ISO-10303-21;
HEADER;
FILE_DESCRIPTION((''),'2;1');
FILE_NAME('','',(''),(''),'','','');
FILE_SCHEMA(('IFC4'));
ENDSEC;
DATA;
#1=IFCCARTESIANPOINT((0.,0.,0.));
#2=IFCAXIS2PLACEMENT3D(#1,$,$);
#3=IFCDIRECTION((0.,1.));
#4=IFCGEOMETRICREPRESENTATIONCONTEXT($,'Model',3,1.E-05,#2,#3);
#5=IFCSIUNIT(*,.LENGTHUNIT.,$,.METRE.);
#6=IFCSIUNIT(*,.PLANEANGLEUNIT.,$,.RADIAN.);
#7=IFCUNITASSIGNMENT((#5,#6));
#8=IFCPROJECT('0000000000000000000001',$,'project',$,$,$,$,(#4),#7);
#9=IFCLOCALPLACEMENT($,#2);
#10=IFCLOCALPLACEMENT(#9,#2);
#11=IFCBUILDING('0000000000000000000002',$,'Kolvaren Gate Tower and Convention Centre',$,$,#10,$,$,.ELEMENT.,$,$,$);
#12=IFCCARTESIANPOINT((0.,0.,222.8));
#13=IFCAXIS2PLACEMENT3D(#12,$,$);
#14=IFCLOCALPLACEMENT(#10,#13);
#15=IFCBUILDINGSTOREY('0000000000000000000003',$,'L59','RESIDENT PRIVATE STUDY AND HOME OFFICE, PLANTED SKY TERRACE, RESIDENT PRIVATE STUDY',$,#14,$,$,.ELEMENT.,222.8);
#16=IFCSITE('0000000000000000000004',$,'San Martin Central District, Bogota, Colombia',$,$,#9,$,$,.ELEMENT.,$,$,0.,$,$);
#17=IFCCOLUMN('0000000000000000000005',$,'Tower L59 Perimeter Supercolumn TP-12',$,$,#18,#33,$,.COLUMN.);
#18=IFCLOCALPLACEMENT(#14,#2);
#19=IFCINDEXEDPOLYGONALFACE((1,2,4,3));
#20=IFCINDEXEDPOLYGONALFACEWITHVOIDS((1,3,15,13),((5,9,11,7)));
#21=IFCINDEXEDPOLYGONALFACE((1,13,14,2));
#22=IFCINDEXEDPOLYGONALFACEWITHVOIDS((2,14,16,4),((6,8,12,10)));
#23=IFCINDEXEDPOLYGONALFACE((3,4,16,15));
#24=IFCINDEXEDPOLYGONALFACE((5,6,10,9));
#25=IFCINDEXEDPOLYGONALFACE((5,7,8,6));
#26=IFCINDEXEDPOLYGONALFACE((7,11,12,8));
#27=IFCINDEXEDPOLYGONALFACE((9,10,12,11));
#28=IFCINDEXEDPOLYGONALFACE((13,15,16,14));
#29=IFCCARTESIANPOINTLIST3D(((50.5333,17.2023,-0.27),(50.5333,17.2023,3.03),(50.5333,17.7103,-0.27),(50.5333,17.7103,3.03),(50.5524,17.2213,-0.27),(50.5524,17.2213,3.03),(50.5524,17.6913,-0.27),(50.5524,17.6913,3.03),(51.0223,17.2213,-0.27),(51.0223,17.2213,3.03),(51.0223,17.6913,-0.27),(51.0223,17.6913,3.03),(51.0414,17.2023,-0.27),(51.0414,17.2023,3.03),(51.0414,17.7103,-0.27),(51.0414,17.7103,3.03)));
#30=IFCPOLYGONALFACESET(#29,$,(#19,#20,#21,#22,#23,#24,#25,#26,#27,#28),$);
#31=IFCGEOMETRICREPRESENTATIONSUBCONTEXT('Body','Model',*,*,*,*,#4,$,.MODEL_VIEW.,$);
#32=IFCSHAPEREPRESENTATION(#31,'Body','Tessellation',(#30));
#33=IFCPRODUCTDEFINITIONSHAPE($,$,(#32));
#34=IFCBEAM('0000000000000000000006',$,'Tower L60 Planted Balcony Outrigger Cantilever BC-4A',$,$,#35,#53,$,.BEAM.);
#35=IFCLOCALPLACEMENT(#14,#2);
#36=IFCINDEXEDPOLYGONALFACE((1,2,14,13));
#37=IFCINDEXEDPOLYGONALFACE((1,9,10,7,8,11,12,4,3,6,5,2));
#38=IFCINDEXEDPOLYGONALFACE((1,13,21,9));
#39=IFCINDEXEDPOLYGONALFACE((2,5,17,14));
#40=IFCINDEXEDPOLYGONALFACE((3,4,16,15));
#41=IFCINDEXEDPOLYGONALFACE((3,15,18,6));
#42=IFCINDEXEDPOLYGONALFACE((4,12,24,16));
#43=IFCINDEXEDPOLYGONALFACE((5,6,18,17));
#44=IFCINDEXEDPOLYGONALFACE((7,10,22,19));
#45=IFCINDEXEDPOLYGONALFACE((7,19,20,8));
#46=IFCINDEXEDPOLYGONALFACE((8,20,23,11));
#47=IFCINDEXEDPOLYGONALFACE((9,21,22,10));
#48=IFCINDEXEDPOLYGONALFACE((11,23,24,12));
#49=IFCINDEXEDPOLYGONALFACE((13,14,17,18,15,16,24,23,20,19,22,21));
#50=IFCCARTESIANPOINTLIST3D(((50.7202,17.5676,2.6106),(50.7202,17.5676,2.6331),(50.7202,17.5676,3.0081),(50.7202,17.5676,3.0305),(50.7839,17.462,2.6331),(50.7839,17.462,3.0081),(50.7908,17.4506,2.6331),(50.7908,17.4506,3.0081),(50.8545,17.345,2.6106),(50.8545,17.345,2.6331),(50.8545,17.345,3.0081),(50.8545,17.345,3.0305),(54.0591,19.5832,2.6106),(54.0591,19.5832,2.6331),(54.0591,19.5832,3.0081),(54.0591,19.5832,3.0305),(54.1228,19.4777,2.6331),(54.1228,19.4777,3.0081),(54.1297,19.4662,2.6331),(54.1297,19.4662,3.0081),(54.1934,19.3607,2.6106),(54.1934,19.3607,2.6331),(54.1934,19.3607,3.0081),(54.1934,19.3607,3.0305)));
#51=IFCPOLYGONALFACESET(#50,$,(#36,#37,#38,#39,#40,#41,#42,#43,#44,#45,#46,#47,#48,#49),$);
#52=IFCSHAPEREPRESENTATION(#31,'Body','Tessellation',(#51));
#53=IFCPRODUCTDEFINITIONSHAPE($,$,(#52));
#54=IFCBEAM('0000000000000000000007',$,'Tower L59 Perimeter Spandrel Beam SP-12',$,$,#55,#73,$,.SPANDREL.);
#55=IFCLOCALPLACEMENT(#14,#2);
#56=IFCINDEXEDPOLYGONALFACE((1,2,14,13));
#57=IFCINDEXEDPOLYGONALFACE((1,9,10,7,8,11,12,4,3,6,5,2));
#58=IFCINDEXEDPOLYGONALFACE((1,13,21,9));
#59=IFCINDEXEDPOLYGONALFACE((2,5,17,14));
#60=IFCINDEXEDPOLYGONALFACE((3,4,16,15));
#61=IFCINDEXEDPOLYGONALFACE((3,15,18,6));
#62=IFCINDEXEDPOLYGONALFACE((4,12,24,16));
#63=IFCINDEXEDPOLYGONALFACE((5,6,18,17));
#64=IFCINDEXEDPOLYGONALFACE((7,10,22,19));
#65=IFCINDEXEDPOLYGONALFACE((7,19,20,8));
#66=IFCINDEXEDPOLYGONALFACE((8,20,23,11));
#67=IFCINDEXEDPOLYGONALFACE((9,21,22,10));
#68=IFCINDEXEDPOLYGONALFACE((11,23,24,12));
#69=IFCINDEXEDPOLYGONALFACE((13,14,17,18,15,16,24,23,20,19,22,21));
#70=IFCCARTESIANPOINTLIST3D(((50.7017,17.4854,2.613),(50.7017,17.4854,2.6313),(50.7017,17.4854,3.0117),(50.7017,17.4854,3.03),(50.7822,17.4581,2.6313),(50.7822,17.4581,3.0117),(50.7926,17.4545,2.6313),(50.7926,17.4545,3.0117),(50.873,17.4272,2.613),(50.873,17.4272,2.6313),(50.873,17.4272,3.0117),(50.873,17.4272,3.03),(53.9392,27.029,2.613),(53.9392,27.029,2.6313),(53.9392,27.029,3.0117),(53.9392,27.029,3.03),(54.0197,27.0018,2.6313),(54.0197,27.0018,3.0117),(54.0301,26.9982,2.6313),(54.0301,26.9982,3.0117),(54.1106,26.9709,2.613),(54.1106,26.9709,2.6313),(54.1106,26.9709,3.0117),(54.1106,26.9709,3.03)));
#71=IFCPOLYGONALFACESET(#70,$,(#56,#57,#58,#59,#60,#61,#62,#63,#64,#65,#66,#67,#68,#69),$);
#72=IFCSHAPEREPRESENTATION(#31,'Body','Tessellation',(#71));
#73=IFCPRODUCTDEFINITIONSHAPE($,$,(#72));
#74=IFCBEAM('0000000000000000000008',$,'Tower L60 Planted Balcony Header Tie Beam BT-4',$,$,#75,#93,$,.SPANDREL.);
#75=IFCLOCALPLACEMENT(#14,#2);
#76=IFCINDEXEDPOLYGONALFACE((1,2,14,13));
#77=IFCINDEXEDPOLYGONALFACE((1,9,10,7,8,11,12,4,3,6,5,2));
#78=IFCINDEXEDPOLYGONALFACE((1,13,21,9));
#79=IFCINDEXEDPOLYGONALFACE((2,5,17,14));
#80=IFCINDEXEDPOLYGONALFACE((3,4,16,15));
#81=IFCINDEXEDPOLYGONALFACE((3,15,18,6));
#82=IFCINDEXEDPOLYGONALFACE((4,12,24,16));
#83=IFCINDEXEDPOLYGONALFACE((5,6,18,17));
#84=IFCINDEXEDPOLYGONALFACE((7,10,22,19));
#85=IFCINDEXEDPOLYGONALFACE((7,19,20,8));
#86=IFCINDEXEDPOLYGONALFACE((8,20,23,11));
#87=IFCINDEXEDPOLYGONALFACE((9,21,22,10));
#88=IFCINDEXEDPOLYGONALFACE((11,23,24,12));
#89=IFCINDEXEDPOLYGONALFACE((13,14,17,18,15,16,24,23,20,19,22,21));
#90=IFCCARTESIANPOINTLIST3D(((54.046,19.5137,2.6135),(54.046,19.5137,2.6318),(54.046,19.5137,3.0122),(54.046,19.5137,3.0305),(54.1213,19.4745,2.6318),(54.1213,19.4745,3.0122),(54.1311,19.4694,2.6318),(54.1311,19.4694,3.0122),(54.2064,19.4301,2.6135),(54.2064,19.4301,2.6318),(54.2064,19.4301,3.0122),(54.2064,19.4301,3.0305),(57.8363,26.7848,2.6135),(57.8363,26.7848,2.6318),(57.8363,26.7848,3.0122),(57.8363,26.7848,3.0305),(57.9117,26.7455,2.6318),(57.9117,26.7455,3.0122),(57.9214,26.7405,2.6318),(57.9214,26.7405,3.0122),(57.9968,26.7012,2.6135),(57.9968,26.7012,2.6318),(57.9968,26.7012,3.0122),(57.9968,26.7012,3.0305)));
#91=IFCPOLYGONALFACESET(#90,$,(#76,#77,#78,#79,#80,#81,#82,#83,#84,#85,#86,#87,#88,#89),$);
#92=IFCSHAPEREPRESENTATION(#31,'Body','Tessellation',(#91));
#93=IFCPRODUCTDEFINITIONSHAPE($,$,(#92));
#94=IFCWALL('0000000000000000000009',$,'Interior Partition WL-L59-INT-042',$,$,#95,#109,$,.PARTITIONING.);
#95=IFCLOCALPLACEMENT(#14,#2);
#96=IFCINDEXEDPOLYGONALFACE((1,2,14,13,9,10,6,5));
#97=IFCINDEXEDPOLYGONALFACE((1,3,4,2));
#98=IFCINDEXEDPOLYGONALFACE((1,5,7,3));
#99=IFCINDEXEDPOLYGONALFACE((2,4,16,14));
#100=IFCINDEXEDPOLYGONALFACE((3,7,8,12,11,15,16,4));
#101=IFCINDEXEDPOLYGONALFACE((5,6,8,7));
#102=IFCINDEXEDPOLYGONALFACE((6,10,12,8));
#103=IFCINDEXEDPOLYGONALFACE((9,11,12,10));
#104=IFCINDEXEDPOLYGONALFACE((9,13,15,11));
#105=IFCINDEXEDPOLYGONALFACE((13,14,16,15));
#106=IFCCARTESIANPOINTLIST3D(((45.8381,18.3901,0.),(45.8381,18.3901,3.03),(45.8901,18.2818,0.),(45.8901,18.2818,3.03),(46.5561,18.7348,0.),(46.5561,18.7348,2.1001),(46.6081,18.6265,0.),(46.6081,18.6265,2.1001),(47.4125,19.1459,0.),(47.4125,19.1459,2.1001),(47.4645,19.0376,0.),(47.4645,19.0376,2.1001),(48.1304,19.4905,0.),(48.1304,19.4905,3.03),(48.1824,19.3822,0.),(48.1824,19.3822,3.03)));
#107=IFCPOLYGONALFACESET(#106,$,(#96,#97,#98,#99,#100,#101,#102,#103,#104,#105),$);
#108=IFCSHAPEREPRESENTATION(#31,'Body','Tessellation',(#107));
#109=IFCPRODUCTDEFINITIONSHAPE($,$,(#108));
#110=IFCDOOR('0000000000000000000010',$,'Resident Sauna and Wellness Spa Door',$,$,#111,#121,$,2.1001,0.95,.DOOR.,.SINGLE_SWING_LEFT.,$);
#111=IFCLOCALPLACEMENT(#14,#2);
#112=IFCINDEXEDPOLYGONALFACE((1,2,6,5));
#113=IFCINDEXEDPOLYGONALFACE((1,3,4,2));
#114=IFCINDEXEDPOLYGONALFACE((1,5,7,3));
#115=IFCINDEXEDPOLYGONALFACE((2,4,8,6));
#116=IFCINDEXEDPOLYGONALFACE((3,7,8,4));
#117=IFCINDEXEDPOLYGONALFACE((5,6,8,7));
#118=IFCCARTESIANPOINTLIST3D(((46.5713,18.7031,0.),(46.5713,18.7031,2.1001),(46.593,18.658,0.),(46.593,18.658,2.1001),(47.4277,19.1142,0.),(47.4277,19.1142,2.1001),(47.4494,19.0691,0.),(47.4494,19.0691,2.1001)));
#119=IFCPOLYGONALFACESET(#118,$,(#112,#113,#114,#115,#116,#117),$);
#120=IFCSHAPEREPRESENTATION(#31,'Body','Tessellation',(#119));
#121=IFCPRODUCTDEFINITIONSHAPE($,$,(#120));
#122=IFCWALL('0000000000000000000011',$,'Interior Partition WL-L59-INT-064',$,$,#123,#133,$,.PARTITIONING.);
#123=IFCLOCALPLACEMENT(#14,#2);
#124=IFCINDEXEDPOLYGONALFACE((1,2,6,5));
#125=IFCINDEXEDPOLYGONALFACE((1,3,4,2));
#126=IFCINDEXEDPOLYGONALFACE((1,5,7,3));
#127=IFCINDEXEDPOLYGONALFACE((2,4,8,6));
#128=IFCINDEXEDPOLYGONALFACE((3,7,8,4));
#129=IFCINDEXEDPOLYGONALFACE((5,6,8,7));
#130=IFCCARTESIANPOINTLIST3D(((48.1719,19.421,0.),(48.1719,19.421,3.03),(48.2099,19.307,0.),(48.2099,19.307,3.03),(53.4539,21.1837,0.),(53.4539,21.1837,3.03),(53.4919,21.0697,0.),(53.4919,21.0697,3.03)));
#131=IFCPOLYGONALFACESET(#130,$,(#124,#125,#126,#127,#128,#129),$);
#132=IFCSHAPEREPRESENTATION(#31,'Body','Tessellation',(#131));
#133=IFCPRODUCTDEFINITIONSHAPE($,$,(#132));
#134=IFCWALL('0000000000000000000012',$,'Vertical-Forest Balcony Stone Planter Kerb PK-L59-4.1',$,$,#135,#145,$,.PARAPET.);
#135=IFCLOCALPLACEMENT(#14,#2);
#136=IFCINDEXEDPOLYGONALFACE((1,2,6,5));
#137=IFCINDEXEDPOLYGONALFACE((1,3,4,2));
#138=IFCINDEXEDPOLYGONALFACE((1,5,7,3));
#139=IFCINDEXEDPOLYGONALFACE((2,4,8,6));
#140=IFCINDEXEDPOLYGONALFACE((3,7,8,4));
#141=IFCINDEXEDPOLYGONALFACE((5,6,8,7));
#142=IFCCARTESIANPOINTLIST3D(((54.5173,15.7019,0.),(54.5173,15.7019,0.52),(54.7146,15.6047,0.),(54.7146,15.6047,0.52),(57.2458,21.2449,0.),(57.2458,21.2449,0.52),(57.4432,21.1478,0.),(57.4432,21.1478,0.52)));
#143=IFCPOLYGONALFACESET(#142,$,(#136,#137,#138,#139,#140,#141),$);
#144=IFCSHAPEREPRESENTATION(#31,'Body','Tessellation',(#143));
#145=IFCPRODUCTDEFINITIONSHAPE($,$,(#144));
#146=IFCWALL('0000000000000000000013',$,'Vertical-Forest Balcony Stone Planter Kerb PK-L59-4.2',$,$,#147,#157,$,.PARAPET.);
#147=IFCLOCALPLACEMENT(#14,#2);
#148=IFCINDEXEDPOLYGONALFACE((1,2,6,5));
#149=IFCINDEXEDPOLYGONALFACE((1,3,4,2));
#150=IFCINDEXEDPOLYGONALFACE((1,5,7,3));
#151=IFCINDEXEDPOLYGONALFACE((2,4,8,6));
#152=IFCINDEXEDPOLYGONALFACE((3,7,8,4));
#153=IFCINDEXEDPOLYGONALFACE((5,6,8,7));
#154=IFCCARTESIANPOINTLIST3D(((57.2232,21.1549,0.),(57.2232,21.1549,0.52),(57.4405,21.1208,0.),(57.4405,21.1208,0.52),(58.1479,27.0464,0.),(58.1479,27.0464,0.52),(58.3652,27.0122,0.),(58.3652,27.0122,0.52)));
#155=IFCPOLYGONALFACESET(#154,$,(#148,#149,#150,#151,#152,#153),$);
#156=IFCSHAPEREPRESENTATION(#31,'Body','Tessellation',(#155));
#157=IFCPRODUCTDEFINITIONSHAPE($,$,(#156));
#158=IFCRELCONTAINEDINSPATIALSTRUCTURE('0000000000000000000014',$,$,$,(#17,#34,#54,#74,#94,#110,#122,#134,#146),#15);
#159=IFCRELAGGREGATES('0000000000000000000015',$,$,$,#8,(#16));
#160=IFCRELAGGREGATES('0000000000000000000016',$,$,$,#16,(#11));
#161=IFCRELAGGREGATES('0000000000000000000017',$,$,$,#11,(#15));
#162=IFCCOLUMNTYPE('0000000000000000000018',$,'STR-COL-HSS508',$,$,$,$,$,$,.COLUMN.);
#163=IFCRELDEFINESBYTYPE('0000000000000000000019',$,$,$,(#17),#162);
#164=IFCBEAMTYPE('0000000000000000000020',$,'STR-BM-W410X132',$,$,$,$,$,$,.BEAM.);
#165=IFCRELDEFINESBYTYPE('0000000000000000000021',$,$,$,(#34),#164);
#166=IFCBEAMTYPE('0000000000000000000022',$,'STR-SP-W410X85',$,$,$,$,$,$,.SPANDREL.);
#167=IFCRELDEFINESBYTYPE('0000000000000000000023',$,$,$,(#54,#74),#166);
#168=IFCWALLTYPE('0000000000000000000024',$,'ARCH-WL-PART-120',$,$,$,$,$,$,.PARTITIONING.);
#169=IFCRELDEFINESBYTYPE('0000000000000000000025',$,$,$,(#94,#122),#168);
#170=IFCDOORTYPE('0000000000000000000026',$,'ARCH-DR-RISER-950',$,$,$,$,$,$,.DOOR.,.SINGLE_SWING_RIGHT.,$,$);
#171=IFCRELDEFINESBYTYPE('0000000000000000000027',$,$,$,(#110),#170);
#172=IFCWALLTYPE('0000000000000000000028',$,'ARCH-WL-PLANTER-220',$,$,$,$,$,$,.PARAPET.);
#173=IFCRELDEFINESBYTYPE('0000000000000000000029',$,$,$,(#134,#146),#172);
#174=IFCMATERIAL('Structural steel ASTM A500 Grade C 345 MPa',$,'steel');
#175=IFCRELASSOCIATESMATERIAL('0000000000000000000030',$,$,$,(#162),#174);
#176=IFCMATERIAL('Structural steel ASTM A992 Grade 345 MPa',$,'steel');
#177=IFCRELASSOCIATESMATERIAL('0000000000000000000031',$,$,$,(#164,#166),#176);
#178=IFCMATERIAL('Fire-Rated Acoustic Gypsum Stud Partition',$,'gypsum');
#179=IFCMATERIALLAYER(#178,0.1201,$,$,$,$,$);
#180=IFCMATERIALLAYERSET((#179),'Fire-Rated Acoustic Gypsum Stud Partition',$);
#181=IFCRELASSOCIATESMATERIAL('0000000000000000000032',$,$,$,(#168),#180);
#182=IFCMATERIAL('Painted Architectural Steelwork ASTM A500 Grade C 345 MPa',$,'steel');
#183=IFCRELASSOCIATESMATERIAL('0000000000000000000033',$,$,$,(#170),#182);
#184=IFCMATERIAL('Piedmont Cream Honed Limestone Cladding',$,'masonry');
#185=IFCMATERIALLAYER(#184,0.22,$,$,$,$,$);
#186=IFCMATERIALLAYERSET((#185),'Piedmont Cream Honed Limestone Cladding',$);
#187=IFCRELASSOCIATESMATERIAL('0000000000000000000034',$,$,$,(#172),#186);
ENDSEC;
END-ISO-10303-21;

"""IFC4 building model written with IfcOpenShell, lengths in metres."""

from ifc_helpers import new_model, si_unit, direction, frame, frame_2d, origin, origin_2d, place, context, subcontext, project, spatial, rectangle, hollow_rectangle, i_section, extrude, material, layer, layer_set, material_profile, profile_set, type_object, element, fill, save


model = new_model("IFC4")

# Units and contexts
model_context = context("Model", 3, precision=1e-05, world=origin(), true_north=direction((0.0, 1.0)))
body_context = subcontext(model_context, "Body", "Model", "MODEL_VIEW")
ifc_project = project(units=[si_unit("LENGTHUNIT", "METRE"), si_unit("PLANEANGLEUNIT", "RADIAN")], contexts=[model_context])

# Site, building, storey
site_placement = place(None, origin())
site = spatial("IfcSite", under=ifc_project, at=site_placement, Name="San Martin Central District, Bogota, Colombia", CompositionType="ELEMENT", RefElevation=0.0)
building_placement = place(site_placement, origin())
building = spatial("IfcBuilding", under=site, at=building_placement, Name="Kolvaren Gate Tower and Convention Centre", CompositionType="ELEMENT")
storey_placement = place(building_placement, frame((0.0, 0.0, 222.8)))
storey = spatial("IfcBuildingStorey", under=building, at=storey_placement, Name="L59", Description="RESIDENT PRIVATE STUDY AND HOME OFFICE, PLANTED SKY TERRACE, RESIDENT PRIVATE STUDY", CompositionType="ELEMENT", Elevation=222.8)

# Column
ifc_material_1 = material(Name="Structural steel ASTM A500 Grade C 345 MPa", Category="steel")
ifc_material_profile_1 = material_profile(ifc_material_1, hollow_rectangle(XDim=0.5081, YDim=0.5081, WallThickness=0.019, at=origin_2d()), Name="HSS508X508X19.1")
ifc_profile_set_1 = profile_set([ifc_material_profile_1], Name="Structural steel ASTM A500 Grade C 345 MPa")
column_type = type_object("IfcColumnType", Name="STR-COL-HSS508", PredefinedType="COLUMN", material=ifc_profile_set_1)
column_placement = place(storey_placement, frame((50.7874, 17.4563, -0.27), z_axis=(0.0, 0.0, 1.0), x_axis=(1.0, 0.0, 0.0)))
element("IfcColumn", 1, at=column_placement, inside=storey, type_object=column_type, Name="Tower L59 Perimeter Supercolumn TP-12", PredefinedType="COLUMN", context=body_context, shape_type="SweptSolid", body=[
    extrude(hollow_rectangle(XDim=0.5081, YDim=0.5081, WallThickness=0.019, at=origin_2d()), origin(), (0.0, 0.0, 1.0), 3.3),
])

# Beams
ifc_material_2 = material(Name="Structural steel ASTM A992 Grade 345 MPa", Category="steel")
ifc_material_profile_2 = material_profile(ifc_material_2, i_section(OverallWidth=0.26, OverallDepth=0.4199, WebThickness=0.0134, FlangeThickness=0.0225, at=origin_2d()), Name="W410X132")
ifc_profile_set_2 = profile_set([ifc_material_profile_2], Name="Structural steel ASTM A992 Grade 345 MPa")
beam_type_1 = type_object("IfcBeamType", Name="STR-BM-W410X132", PredefinedType="BEAM", material=ifc_profile_set_2)
beam_1_placement = place(storey_placement, frame((50.7874, 17.4563, 2.8206), z_axis=(0.856098, 0.516814, 0.0), x_axis=(-0.516814, 0.856098, 0.0)))
element("IfcBeam", 2, at=beam_1_placement, inside=storey, type_object=beam_type_1, Name="Tower L60 Planted Balcony Outrigger Cantilever BC-4A", PredefinedType="BEAM", context=body_context, shape_type="SweptSolid", body=[
    extrude(i_section(OverallWidth=0.26, OverallDepth=0.4199, WebThickness=0.0134, FlangeThickness=0.0225, at=origin_2d()), origin(), (0.0, 0.0, 1.0), 3.9001),
])
ifc_material_profile_3 = material_profile(ifc_material_2, i_section(OverallWidth=0.1809, OverallDepth=0.417, WebThickness=0.011, FlangeThickness=0.0183, at=origin_2d()), Name="W410X85")
ifc_profile_set_3 = profile_set([ifc_material_profile_3], Name="Structural steel ASTM A992 Grade 345 MPa")
beam_type_2 = type_object("IfcBeamType", Name="STR-SP-W410X85", PredefinedType="SPANDREL", material=ifc_profile_set_3)
beam_2_placement = place(storey_placement, frame((50.7874, 17.4563, 2.8215), z_axis=(0.321253, 0.946994, 0.0), x_axis=(-0.946994, 0.321253, 0.0)))
element("IfcBeam", 3, at=beam_2_placement, inside=storey, type_object=beam_type_2, Name="Tower L59 Perimeter Spandrel Beam SP-12", PredefinedType="SPANDREL", context=body_context, shape_type="SweptSolid", body=[
    extrude(i_section(OverallWidth=0.1809, OverallDepth=0.417, WebThickness=0.011, FlangeThickness=0.0183, at=origin_2d()), origin(), (0.0, 0.0, 1.0), 10.0779),
])
beam_3_placement = place(storey_placement, frame((54.1262, 19.4719, 2.822), z_axis=(0.462252, 0.886749, 0.0), x_axis=(-0.886749, 0.462252, 0.0)))
element("IfcBeam", 4, at=beam_3_placement, inside=storey, type_object=beam_type_2, Name="Tower L60 Planted Balcony Header Tie Beam BT-4", PredefinedType="SPANDREL", context=body_context, shape_type="SweptSolid", body=[
    extrude(i_section(OverallWidth=0.1809, OverallDepth=0.417, WebThickness=0.011, FlangeThickness=0.0183, at=origin_2d()), origin(), (0.0, 0.0, 1.0), 8.1997),
])

# Wall, opening, door
ifc_material_3 = material(Name="Fire-Rated Acoustic Gypsum Stud Partition", Category="gypsum")
ifc_layer_1 = layer(ifc_material_3, 0.1201)
ifc_layer_set_1 = layer_set([ifc_layer_1], Name="Fire-Rated Acoustic Gypsum Stud Partition")
wall_type_1 = type_object("IfcWallType", Name="ARCH-WL-PART-120", PredefinedType="PARTITIONING", material=ifc_layer_set_1)
wall_1_placement = place(storey_placement, frame((45.864, 18.3359, 0.0), z_axis=(0.0, 0.0, 1.0), x_axis=(0.901513, 0.432753, 0.0)))
wall_1 = element("IfcWall", 5, at=wall_1_placement, inside=storey, type_object=wall_type_1, Name="Interior Partition WL-L59-INT-042", PredefinedType="PARTITIONING", context=body_context, shape_type="SweptSolid", body=[
    extrude(rectangle(XDim=2.5427, YDim=0.1201, at=frame_2d((1.2715, 0.0))), origin(), (0.0, 0.0, 1.0), 3.03),
])
opening_1_placement = place(wall_1_placement, frame((0.7964, 0.0, 0.0)))
opening_1 = element("IfcOpeningElement", 6, at=opening_1_placement, cuts=wall_1, PredefinedType="OPENING", context=body_context, shape_type="SweptSolid", body=[
    extrude(rectangle(XDim=0.95, YDim=2.1001, at=frame_2d((0.4751, 1.05))), frame((0.0, 0.0701, 0.0), z_axis=(0.0, -1.0, 0.0), x_axis=(1.0, 0.0, 0.0)), (0.0, 0.0, 1.0), 0.1401),
])
ifc_material_4 = material(Name="Painted Architectural Steelwork ASTM A500 Grade C 345 MPa", Category="steel")
door_type_1 = type_object("IfcDoorType", Name="ARCH-DR-RISER-950", OperationType="SINGLE_SWING_RIGHT", PredefinedType="DOOR", material=ifc_material_4)
door_1_placement = place(opening_1_placement, origin())
door_1 = element("IfcDoor", 7, at=door_1_placement, inside=storey, type_object=door_type_1, Name="Resident Sauna and Wellness Spa Door", OperationType="SINGLE_SWING_LEFT", OverallHeight=2.1001, OverallWidth=0.95, PredefinedType="DOOR", context=body_context, shape_type="SweptSolid", body=[
    extrude(rectangle(XDim=0.95, YDim=2.1001, at=frame_2d((0.4751, 1.05))), frame((0.0, 0.0249, 0.0), z_axis=(0.0, -1.0, 0.0), x_axis=(1.0, 0.0, 0.0)), (0.0, 0.0, 1.0), 0.05),
])
fill(opening_1, door_1)

# Walls
wall_2_placement = place(storey_placement, frame((48.1909, 19.364, 0.0), z_axis=(0.0, 0.0, 1.0), x_axis=(0.948574, 0.316557, 0.0)))
element("IfcWall", 8, at=wall_2_placement, inside=storey, type_object=wall_type_1, Name="Interior Partition WL-L59-INT-064", PredefinedType="PARTITIONING", context=body_context, shape_type="SweptSolid", body=[
    extrude(rectangle(XDim=5.5684, YDim=0.1201, at=frame_2d((2.7842, 0.0))), origin(), (0.0, 0.0, 1.0), 3.03),
])
ifc_material_5 = material(Name="Piedmont Cream Honed Limestone Cladding", Category="masonry")
ifc_layer_2 = layer(ifc_material_5, 0.22)
ifc_layer_set_2 = layer_set([ifc_layer_2], Name="Piedmont Cream Honed Limestone Cladding")
wall_type_2 = type_object("IfcWallType", Name="ARCH-WL-PLANTER-220", PredefinedType="PARAPET", material=ifc_layer_set_2)
wall_3_placement = place(storey_placement, frame((54.616, 15.6533, 0.0), z_axis=(0.0, 0.0, 1.0), x_axis=(0.441641, 0.897192, 0.0)))
element("IfcWall", 9, at=wall_3_placement, inside=storey, type_object=wall_type_2, Name="Vertical-Forest Balcony Stone Planter Kerb PK-L59-4.1", PredefinedType="PARAPET", context=body_context, shape_type="SweptSolid", body=[
    extrude(rectangle(XDim=6.1782, YDim=0.22, at=frame_2d((3.0891, 0.0))), origin(), (0.0, 0.0, 1.0), 0.52),
])
wall_4_placement = place(storey_placement, frame((57.3318, 21.1377, 0.0), z_axis=(0.0, 0.0, 1.0), x_axis=(0.155071, 0.987903, 0.0)))
element("IfcWall", 10, at=wall_4_placement, inside=storey, type_object=wall_type_2, Name="Vertical-Forest Balcony Stone Planter Kerb PK-L59-4.2", PredefinedType="PARAPET", context=body_context, shape_type="SweptSolid", body=[
    extrude(rectangle(XDim=5.9636, YDim=0.22, at=frame_2d((2.9819, 0.0))), origin(), (0.0, 0.0, 1.0), 0.52),
])

save(model, "model.ifc")
